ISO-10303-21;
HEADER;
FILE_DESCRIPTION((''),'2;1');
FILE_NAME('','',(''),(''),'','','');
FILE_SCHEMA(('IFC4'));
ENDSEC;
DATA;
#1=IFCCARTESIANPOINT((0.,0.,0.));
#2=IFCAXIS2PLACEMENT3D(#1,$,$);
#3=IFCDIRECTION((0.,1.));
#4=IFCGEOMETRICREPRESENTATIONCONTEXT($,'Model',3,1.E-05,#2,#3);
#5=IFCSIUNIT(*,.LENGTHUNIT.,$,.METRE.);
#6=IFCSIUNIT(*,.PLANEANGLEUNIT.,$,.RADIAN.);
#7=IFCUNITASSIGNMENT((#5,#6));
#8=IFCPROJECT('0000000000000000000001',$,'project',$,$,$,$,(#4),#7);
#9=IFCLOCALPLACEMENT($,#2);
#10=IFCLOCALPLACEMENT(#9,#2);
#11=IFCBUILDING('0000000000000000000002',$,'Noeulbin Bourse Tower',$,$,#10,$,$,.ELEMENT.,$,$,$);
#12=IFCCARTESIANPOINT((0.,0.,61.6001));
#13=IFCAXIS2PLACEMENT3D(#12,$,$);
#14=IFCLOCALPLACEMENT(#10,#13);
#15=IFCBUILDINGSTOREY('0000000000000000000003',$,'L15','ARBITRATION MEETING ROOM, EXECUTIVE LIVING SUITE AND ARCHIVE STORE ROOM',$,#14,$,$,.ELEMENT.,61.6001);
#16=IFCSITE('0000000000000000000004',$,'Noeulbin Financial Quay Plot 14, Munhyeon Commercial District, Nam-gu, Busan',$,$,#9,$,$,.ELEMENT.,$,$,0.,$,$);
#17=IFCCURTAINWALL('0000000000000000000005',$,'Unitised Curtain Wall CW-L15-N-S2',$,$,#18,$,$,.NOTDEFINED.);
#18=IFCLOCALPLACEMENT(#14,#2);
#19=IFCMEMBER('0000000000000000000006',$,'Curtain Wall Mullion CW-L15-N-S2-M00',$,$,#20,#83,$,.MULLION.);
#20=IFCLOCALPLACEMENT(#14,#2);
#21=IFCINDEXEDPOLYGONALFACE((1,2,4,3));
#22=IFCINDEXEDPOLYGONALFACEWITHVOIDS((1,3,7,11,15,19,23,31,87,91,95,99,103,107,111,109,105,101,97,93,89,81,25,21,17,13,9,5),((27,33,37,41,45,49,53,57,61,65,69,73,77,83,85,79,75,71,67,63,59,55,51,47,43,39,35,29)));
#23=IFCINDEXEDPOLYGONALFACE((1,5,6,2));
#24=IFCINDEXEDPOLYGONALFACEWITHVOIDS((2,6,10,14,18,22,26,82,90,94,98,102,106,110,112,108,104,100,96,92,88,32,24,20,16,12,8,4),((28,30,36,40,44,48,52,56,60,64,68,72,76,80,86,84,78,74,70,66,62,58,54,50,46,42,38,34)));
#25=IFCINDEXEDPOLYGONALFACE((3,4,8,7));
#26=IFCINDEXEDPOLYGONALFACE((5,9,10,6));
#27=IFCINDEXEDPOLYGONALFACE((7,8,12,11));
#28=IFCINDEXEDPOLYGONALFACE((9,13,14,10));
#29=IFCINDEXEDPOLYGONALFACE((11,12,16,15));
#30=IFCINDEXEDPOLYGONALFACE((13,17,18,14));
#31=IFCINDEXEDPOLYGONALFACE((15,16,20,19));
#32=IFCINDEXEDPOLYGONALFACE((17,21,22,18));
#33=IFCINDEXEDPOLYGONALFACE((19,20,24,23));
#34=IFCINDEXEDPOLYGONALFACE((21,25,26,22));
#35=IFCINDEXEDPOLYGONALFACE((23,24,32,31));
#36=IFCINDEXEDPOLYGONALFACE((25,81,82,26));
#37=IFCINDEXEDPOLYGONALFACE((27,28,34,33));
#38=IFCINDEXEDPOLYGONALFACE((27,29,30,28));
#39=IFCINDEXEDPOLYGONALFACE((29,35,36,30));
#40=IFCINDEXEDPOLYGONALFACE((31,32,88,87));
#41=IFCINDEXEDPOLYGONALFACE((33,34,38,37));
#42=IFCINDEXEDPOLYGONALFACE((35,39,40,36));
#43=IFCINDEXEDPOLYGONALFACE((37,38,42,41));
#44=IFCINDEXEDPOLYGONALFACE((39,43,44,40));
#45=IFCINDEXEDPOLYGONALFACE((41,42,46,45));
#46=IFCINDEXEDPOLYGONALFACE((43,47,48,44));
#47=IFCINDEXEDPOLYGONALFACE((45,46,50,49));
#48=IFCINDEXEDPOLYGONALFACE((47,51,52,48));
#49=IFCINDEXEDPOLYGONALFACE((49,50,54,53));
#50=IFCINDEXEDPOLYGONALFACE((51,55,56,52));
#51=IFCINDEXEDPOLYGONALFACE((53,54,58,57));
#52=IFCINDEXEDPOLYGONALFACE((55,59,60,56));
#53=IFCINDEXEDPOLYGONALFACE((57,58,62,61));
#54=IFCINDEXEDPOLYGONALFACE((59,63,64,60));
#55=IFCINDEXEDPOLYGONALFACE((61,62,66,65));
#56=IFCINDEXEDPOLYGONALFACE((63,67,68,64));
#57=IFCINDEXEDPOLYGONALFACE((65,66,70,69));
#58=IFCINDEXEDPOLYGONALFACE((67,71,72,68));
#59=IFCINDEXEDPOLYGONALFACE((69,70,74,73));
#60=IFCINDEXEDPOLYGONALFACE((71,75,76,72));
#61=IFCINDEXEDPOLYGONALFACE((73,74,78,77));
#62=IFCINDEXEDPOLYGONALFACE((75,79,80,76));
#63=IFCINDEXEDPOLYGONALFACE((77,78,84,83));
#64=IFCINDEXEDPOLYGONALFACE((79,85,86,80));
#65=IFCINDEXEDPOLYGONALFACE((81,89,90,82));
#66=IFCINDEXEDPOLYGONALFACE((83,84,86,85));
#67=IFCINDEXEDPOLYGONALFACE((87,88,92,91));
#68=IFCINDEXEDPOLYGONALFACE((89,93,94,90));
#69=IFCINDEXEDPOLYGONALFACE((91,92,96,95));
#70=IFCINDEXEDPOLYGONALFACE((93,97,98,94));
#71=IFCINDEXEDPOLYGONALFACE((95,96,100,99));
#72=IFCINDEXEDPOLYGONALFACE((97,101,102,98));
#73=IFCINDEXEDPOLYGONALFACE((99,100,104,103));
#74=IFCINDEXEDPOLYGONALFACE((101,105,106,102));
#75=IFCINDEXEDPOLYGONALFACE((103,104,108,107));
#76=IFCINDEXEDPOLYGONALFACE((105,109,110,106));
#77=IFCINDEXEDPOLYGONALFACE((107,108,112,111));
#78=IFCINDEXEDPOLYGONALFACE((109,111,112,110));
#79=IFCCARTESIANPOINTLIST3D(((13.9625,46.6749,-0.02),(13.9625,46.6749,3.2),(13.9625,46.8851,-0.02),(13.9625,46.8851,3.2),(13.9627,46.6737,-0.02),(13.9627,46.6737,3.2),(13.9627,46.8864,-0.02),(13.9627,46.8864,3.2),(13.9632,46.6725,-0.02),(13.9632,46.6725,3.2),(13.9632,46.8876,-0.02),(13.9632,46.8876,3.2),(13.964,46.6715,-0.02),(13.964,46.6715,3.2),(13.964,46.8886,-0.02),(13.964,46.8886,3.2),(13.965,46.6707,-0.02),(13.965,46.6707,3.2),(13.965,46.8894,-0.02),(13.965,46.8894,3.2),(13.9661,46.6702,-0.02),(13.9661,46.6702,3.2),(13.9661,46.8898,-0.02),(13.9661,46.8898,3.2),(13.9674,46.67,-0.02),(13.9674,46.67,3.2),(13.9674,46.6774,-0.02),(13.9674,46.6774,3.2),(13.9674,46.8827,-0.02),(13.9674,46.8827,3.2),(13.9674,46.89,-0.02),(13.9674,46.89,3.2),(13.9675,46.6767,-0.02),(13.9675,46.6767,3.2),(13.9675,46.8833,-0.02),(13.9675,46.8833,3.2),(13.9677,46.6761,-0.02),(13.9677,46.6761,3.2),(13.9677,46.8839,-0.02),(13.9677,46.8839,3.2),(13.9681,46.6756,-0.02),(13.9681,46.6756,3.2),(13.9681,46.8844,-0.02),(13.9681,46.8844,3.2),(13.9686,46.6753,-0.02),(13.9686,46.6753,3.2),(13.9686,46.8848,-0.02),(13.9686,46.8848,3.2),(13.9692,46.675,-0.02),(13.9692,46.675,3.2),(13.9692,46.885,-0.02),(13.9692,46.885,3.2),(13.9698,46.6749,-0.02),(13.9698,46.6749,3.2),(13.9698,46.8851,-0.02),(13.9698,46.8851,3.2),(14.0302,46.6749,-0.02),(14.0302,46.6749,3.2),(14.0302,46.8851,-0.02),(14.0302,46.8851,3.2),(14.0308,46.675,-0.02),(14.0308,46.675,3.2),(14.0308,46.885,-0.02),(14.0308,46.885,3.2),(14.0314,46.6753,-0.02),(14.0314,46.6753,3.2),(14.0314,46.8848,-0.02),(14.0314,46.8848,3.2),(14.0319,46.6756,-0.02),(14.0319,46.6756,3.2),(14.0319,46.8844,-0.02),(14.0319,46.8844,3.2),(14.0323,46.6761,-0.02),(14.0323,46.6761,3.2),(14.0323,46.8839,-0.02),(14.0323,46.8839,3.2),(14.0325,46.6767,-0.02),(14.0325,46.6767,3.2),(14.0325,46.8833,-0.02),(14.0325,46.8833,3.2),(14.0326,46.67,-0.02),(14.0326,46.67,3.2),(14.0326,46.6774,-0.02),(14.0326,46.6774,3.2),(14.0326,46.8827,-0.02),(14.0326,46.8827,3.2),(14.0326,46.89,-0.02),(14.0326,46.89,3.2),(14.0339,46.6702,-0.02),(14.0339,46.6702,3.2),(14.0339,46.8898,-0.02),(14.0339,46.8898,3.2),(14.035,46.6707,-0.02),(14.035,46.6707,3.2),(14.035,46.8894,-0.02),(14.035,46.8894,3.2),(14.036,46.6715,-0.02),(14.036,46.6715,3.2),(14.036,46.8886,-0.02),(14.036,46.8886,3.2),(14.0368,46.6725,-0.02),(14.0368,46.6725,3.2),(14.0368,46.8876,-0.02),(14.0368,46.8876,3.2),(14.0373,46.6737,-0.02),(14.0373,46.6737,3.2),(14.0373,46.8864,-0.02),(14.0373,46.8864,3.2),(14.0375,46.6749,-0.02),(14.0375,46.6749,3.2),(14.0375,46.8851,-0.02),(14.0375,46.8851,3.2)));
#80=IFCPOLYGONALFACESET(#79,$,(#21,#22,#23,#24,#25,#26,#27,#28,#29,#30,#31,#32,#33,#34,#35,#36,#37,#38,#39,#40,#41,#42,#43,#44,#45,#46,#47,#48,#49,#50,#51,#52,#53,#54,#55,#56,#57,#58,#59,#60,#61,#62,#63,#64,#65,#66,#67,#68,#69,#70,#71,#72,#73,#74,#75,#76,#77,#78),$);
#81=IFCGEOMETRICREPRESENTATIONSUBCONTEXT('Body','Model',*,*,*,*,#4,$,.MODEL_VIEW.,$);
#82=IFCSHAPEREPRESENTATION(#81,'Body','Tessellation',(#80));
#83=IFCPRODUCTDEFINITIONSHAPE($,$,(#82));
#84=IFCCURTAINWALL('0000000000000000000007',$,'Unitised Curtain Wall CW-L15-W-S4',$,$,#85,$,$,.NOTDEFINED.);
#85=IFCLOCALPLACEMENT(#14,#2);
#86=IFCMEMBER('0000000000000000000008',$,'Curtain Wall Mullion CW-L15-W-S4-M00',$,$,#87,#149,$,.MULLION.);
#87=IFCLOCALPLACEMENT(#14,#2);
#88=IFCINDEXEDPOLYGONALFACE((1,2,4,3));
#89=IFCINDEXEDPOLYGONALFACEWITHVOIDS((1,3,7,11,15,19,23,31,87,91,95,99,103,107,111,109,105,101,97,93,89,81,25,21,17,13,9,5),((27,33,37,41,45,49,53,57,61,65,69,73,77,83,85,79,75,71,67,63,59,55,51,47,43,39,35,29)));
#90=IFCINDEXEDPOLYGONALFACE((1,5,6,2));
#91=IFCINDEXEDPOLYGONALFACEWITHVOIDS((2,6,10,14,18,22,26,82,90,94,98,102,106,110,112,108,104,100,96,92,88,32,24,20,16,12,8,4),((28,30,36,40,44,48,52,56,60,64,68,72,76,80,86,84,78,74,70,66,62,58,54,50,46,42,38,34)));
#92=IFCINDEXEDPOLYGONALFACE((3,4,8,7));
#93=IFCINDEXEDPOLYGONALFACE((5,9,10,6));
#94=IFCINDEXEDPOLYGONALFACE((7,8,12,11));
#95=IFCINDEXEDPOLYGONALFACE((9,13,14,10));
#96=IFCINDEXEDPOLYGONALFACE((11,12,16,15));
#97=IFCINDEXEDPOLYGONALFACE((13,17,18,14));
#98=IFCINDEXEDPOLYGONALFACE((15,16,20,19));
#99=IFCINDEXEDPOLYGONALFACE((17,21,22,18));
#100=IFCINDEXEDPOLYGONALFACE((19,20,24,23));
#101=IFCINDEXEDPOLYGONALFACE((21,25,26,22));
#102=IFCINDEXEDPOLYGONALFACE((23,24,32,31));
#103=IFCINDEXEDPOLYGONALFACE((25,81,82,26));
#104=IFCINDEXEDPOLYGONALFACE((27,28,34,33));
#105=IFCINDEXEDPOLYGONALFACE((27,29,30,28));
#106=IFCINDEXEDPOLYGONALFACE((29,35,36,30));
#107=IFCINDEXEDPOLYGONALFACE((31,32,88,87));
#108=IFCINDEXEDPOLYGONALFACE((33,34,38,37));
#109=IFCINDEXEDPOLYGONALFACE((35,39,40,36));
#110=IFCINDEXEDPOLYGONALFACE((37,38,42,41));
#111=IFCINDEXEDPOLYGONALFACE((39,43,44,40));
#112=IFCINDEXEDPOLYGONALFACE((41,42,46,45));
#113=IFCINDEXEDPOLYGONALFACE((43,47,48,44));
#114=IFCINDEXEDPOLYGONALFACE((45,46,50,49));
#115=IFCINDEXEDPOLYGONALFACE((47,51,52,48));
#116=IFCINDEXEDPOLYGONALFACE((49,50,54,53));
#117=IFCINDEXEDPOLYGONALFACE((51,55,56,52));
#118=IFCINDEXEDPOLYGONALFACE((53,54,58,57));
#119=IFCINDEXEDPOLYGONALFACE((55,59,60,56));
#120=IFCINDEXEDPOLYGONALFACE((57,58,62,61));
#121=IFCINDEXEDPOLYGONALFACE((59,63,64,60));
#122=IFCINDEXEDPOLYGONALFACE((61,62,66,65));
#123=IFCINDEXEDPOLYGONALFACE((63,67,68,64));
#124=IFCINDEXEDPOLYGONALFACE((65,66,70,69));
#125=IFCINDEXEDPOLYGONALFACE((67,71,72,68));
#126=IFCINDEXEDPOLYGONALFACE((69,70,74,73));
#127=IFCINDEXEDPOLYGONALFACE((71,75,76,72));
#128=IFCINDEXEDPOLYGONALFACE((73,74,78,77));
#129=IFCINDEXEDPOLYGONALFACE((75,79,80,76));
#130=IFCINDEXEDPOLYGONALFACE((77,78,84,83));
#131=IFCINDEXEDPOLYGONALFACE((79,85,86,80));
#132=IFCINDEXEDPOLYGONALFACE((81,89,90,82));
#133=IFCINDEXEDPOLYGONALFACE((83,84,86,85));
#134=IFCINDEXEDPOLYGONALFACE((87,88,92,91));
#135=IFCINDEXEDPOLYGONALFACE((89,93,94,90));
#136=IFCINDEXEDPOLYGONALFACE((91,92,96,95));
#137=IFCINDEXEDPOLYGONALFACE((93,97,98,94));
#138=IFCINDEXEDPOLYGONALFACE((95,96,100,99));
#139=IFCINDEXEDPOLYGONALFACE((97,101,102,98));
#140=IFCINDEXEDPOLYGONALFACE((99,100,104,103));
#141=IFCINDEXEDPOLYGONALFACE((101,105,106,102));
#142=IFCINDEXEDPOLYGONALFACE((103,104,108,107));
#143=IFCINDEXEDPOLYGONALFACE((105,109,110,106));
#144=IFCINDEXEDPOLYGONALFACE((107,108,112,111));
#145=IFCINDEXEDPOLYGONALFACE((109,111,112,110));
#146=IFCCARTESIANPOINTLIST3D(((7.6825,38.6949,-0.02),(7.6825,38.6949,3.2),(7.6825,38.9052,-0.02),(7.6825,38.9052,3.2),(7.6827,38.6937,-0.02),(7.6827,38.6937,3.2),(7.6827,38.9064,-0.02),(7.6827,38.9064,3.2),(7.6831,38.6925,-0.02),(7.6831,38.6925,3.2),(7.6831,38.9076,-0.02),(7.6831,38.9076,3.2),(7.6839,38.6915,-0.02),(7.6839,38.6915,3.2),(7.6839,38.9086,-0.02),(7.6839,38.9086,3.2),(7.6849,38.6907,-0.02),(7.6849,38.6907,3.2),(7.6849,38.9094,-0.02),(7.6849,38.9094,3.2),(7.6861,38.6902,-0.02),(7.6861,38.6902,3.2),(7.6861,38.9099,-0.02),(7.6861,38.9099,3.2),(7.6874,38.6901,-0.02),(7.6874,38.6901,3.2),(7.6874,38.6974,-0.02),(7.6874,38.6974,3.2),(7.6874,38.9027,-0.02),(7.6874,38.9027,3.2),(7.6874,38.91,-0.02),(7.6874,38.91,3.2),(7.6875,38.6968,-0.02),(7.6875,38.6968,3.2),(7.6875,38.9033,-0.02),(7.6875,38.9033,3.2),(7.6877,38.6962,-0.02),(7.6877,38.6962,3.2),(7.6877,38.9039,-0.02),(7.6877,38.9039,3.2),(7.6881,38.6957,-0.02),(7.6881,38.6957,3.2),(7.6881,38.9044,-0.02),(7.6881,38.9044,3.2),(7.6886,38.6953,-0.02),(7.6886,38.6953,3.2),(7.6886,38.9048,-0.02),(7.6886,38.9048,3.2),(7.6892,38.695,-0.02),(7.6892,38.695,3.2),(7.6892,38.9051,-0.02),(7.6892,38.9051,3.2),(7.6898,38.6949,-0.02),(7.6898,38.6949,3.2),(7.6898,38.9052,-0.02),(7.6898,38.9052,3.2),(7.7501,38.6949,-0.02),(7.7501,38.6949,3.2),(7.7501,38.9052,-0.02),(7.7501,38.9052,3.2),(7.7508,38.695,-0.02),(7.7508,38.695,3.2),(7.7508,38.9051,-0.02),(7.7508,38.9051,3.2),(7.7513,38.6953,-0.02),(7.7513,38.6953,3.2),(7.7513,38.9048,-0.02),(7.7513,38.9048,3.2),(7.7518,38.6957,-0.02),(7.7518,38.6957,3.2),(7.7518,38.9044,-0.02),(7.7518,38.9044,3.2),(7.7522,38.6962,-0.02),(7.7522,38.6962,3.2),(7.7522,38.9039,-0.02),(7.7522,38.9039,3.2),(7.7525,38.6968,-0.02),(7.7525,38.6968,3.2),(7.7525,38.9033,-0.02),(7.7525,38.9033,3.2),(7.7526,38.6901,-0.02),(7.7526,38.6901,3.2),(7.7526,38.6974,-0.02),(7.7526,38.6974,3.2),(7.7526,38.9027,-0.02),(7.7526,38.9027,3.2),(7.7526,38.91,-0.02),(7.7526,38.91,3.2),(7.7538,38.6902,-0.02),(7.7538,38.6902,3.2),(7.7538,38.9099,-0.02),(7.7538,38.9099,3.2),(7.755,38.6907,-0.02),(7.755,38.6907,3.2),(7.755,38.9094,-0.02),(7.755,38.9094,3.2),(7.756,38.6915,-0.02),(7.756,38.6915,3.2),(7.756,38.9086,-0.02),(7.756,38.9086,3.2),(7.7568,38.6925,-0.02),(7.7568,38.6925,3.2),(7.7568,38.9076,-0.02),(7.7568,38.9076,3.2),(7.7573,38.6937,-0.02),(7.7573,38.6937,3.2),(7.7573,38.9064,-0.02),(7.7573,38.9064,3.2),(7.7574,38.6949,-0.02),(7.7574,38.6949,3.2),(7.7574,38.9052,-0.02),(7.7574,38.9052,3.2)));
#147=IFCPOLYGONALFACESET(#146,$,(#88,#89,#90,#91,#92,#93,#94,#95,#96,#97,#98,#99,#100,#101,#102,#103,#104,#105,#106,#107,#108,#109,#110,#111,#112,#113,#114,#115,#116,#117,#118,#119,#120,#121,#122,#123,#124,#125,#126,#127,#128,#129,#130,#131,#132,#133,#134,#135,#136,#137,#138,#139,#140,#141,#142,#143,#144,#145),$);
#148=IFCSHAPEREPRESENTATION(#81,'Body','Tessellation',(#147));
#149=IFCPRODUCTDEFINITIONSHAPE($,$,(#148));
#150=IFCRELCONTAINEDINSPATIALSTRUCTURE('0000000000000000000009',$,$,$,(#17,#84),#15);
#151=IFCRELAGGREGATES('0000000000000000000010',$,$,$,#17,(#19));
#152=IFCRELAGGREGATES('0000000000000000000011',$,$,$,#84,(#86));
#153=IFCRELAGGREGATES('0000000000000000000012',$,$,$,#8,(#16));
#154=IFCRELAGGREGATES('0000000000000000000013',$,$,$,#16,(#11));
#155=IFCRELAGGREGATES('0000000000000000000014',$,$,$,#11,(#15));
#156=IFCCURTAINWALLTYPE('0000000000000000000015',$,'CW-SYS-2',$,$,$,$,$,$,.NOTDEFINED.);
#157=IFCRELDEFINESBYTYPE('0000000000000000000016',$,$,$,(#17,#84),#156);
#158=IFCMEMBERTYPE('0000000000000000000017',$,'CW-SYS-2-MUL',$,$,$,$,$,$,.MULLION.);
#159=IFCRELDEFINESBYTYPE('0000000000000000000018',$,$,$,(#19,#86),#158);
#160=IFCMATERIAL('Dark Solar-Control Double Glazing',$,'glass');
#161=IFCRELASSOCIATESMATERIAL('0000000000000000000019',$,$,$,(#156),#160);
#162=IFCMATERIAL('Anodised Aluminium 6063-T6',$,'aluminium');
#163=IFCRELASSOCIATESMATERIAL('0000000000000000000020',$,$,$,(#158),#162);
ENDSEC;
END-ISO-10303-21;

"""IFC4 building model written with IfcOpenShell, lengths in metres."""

from ifc_helpers import new_model, si_unit, direction, frame, origin, origin_2d, place, context, subcontext, project, spatial, hollow_rectangle, extrude, material, material_profile, profile_set, type_object, element, aggregate, save


model = new_model("IFC4")

# Units and contexts
model_context = context("Model", 3, precision=1e-05, world=origin(), true_north=direction((0.0, 1.0)))
body_context = subcontext(model_context, "Body", "Model", "MODEL_VIEW")
ifc_project = project(units=[si_unit("LENGTHUNIT", "METRE"), si_unit("PLANEANGLEUNIT", "RADIAN")], contexts=[model_context])

# Site, building, storey
site_placement = place(None, origin())
site = spatial("IfcSite", under=ifc_project, at=site_placement, Name="Noeulbin Financial Quay Plot 14, Munhyeon Commercial District, Nam-gu, Busan", CompositionType="ELEMENT", RefElevation=0.0)
building_placement = place(site_placement, origin())
building = spatial("IfcBuilding", under=site, at=building_placement, Name="Noeulbin Bourse Tower", CompositionType="ELEMENT")
storey_placement = place(building_placement, frame((0.0, 0.0, 61.6001)))
storey = spatial("IfcBuildingStorey", under=building, at=storey_placement, Name="L15", Description="ARBITRATION MEETING ROOM, EXECUTIVE LIVING SUITE AND ARCHIVE STORE ROOM", CompositionType="ELEMENT", Elevation=61.6001)

# Shared definitions
ifc_material_1 = material(Name="Dark Solar-Control Double Glazing", Category="glass")
curtain_wall_type = type_object("IfcCurtainWallType", Name="CW-SYS-2", PredefinedType="NOTDEFINED", material=ifc_material_1)
ifc_material_2 = material(Name="Anodised Aluminium 6063-T6", Category="aluminium")
ifc_material_profile_1 = material_profile(ifc_material_2, hollow_rectangle(XDim=0.075, YDim=0.22, WallThickness=0.0049, InnerFilletRadius=0.0024, OuterFilletRadius=0.0049, at=origin_2d()), Name="ALU-MULL-75x220x5", Category="LoadBearing")
ifc_profile_set_1 = profile_set([ifc_material_profile_1], Name="Anodised Aluminium 6063-T6")
member_type_1 = type_object("IfcMemberType", Name="CW-SYS-2-MUL", PredefinedType="MULLION", material=ifc_profile_set_1)

# Curtain wall, member
curtain_wall_1_placement = place(storey_placement, origin())
curtain_wall_1 = element("IfcCurtainWall", 1, at=curtain_wall_1_placement, inside=storey, type_object=curtain_wall_type, Name="Unitised Curtain Wall CW-L15-N-S2", PredefinedType="NOTDEFINED")
member_1_placement = place(storey_placement, frame((14.0, 46.78, -0.02), z_axis=(0.0, 0.0, 1.0), x_axis=(1.0, 0.0, 0.0)))
member_1 = element("IfcMember", 2, at=member_1_placement, type_object=member_type_1, Name="Curtain Wall Mullion CW-L15-N-S2-M00", PredefinedType="MULLION", context=body_context, shape_type="SweptSolid", body=[
    extrude(hollow_rectangle(XDim=0.075, YDim=0.22, WallThickness=0.0049, InnerFilletRadius=0.0024, OuterFilletRadius=0.0049, at=origin_2d()), origin(), (0.0, 0.0, 1.0), 3.22),
])

# Curtain wall, member
curtain_wall_2_placement = place(storey_placement, origin())
curtain_wall_2 = element("IfcCurtainWall", 3, at=curtain_wall_2_placement, inside=storey, type_object=curtain_wall_type, Name="Unitised Curtain Wall CW-L15-W-S4", PredefinedType="NOTDEFINED")
member_2_placement = place(storey_placement, frame((7.72, 38.8, -0.02), z_axis=(0.0, 0.0, 1.0), x_axis=(1.0, 0.0, 0.0)))
member_2 = element("IfcMember", 4, at=member_2_placement, type_object=member_type_1, Name="Curtain Wall Mullion CW-L15-W-S4-M00", PredefinedType="MULLION", context=body_context, shape_type="SweptSolid", body=[
    extrude(hollow_rectangle(XDim=0.075, YDim=0.22, WallThickness=0.0049, InnerFilletRadius=0.0024, OuterFilletRadius=0.0049, at=origin_2d()), origin(), (0.0, 0.0, 1.0), 3.22),
])

aggregate(curtain_wall_1, [member_1])

aggregate(curtain_wall_2, [member_2])

save(model, "model.ifc")
